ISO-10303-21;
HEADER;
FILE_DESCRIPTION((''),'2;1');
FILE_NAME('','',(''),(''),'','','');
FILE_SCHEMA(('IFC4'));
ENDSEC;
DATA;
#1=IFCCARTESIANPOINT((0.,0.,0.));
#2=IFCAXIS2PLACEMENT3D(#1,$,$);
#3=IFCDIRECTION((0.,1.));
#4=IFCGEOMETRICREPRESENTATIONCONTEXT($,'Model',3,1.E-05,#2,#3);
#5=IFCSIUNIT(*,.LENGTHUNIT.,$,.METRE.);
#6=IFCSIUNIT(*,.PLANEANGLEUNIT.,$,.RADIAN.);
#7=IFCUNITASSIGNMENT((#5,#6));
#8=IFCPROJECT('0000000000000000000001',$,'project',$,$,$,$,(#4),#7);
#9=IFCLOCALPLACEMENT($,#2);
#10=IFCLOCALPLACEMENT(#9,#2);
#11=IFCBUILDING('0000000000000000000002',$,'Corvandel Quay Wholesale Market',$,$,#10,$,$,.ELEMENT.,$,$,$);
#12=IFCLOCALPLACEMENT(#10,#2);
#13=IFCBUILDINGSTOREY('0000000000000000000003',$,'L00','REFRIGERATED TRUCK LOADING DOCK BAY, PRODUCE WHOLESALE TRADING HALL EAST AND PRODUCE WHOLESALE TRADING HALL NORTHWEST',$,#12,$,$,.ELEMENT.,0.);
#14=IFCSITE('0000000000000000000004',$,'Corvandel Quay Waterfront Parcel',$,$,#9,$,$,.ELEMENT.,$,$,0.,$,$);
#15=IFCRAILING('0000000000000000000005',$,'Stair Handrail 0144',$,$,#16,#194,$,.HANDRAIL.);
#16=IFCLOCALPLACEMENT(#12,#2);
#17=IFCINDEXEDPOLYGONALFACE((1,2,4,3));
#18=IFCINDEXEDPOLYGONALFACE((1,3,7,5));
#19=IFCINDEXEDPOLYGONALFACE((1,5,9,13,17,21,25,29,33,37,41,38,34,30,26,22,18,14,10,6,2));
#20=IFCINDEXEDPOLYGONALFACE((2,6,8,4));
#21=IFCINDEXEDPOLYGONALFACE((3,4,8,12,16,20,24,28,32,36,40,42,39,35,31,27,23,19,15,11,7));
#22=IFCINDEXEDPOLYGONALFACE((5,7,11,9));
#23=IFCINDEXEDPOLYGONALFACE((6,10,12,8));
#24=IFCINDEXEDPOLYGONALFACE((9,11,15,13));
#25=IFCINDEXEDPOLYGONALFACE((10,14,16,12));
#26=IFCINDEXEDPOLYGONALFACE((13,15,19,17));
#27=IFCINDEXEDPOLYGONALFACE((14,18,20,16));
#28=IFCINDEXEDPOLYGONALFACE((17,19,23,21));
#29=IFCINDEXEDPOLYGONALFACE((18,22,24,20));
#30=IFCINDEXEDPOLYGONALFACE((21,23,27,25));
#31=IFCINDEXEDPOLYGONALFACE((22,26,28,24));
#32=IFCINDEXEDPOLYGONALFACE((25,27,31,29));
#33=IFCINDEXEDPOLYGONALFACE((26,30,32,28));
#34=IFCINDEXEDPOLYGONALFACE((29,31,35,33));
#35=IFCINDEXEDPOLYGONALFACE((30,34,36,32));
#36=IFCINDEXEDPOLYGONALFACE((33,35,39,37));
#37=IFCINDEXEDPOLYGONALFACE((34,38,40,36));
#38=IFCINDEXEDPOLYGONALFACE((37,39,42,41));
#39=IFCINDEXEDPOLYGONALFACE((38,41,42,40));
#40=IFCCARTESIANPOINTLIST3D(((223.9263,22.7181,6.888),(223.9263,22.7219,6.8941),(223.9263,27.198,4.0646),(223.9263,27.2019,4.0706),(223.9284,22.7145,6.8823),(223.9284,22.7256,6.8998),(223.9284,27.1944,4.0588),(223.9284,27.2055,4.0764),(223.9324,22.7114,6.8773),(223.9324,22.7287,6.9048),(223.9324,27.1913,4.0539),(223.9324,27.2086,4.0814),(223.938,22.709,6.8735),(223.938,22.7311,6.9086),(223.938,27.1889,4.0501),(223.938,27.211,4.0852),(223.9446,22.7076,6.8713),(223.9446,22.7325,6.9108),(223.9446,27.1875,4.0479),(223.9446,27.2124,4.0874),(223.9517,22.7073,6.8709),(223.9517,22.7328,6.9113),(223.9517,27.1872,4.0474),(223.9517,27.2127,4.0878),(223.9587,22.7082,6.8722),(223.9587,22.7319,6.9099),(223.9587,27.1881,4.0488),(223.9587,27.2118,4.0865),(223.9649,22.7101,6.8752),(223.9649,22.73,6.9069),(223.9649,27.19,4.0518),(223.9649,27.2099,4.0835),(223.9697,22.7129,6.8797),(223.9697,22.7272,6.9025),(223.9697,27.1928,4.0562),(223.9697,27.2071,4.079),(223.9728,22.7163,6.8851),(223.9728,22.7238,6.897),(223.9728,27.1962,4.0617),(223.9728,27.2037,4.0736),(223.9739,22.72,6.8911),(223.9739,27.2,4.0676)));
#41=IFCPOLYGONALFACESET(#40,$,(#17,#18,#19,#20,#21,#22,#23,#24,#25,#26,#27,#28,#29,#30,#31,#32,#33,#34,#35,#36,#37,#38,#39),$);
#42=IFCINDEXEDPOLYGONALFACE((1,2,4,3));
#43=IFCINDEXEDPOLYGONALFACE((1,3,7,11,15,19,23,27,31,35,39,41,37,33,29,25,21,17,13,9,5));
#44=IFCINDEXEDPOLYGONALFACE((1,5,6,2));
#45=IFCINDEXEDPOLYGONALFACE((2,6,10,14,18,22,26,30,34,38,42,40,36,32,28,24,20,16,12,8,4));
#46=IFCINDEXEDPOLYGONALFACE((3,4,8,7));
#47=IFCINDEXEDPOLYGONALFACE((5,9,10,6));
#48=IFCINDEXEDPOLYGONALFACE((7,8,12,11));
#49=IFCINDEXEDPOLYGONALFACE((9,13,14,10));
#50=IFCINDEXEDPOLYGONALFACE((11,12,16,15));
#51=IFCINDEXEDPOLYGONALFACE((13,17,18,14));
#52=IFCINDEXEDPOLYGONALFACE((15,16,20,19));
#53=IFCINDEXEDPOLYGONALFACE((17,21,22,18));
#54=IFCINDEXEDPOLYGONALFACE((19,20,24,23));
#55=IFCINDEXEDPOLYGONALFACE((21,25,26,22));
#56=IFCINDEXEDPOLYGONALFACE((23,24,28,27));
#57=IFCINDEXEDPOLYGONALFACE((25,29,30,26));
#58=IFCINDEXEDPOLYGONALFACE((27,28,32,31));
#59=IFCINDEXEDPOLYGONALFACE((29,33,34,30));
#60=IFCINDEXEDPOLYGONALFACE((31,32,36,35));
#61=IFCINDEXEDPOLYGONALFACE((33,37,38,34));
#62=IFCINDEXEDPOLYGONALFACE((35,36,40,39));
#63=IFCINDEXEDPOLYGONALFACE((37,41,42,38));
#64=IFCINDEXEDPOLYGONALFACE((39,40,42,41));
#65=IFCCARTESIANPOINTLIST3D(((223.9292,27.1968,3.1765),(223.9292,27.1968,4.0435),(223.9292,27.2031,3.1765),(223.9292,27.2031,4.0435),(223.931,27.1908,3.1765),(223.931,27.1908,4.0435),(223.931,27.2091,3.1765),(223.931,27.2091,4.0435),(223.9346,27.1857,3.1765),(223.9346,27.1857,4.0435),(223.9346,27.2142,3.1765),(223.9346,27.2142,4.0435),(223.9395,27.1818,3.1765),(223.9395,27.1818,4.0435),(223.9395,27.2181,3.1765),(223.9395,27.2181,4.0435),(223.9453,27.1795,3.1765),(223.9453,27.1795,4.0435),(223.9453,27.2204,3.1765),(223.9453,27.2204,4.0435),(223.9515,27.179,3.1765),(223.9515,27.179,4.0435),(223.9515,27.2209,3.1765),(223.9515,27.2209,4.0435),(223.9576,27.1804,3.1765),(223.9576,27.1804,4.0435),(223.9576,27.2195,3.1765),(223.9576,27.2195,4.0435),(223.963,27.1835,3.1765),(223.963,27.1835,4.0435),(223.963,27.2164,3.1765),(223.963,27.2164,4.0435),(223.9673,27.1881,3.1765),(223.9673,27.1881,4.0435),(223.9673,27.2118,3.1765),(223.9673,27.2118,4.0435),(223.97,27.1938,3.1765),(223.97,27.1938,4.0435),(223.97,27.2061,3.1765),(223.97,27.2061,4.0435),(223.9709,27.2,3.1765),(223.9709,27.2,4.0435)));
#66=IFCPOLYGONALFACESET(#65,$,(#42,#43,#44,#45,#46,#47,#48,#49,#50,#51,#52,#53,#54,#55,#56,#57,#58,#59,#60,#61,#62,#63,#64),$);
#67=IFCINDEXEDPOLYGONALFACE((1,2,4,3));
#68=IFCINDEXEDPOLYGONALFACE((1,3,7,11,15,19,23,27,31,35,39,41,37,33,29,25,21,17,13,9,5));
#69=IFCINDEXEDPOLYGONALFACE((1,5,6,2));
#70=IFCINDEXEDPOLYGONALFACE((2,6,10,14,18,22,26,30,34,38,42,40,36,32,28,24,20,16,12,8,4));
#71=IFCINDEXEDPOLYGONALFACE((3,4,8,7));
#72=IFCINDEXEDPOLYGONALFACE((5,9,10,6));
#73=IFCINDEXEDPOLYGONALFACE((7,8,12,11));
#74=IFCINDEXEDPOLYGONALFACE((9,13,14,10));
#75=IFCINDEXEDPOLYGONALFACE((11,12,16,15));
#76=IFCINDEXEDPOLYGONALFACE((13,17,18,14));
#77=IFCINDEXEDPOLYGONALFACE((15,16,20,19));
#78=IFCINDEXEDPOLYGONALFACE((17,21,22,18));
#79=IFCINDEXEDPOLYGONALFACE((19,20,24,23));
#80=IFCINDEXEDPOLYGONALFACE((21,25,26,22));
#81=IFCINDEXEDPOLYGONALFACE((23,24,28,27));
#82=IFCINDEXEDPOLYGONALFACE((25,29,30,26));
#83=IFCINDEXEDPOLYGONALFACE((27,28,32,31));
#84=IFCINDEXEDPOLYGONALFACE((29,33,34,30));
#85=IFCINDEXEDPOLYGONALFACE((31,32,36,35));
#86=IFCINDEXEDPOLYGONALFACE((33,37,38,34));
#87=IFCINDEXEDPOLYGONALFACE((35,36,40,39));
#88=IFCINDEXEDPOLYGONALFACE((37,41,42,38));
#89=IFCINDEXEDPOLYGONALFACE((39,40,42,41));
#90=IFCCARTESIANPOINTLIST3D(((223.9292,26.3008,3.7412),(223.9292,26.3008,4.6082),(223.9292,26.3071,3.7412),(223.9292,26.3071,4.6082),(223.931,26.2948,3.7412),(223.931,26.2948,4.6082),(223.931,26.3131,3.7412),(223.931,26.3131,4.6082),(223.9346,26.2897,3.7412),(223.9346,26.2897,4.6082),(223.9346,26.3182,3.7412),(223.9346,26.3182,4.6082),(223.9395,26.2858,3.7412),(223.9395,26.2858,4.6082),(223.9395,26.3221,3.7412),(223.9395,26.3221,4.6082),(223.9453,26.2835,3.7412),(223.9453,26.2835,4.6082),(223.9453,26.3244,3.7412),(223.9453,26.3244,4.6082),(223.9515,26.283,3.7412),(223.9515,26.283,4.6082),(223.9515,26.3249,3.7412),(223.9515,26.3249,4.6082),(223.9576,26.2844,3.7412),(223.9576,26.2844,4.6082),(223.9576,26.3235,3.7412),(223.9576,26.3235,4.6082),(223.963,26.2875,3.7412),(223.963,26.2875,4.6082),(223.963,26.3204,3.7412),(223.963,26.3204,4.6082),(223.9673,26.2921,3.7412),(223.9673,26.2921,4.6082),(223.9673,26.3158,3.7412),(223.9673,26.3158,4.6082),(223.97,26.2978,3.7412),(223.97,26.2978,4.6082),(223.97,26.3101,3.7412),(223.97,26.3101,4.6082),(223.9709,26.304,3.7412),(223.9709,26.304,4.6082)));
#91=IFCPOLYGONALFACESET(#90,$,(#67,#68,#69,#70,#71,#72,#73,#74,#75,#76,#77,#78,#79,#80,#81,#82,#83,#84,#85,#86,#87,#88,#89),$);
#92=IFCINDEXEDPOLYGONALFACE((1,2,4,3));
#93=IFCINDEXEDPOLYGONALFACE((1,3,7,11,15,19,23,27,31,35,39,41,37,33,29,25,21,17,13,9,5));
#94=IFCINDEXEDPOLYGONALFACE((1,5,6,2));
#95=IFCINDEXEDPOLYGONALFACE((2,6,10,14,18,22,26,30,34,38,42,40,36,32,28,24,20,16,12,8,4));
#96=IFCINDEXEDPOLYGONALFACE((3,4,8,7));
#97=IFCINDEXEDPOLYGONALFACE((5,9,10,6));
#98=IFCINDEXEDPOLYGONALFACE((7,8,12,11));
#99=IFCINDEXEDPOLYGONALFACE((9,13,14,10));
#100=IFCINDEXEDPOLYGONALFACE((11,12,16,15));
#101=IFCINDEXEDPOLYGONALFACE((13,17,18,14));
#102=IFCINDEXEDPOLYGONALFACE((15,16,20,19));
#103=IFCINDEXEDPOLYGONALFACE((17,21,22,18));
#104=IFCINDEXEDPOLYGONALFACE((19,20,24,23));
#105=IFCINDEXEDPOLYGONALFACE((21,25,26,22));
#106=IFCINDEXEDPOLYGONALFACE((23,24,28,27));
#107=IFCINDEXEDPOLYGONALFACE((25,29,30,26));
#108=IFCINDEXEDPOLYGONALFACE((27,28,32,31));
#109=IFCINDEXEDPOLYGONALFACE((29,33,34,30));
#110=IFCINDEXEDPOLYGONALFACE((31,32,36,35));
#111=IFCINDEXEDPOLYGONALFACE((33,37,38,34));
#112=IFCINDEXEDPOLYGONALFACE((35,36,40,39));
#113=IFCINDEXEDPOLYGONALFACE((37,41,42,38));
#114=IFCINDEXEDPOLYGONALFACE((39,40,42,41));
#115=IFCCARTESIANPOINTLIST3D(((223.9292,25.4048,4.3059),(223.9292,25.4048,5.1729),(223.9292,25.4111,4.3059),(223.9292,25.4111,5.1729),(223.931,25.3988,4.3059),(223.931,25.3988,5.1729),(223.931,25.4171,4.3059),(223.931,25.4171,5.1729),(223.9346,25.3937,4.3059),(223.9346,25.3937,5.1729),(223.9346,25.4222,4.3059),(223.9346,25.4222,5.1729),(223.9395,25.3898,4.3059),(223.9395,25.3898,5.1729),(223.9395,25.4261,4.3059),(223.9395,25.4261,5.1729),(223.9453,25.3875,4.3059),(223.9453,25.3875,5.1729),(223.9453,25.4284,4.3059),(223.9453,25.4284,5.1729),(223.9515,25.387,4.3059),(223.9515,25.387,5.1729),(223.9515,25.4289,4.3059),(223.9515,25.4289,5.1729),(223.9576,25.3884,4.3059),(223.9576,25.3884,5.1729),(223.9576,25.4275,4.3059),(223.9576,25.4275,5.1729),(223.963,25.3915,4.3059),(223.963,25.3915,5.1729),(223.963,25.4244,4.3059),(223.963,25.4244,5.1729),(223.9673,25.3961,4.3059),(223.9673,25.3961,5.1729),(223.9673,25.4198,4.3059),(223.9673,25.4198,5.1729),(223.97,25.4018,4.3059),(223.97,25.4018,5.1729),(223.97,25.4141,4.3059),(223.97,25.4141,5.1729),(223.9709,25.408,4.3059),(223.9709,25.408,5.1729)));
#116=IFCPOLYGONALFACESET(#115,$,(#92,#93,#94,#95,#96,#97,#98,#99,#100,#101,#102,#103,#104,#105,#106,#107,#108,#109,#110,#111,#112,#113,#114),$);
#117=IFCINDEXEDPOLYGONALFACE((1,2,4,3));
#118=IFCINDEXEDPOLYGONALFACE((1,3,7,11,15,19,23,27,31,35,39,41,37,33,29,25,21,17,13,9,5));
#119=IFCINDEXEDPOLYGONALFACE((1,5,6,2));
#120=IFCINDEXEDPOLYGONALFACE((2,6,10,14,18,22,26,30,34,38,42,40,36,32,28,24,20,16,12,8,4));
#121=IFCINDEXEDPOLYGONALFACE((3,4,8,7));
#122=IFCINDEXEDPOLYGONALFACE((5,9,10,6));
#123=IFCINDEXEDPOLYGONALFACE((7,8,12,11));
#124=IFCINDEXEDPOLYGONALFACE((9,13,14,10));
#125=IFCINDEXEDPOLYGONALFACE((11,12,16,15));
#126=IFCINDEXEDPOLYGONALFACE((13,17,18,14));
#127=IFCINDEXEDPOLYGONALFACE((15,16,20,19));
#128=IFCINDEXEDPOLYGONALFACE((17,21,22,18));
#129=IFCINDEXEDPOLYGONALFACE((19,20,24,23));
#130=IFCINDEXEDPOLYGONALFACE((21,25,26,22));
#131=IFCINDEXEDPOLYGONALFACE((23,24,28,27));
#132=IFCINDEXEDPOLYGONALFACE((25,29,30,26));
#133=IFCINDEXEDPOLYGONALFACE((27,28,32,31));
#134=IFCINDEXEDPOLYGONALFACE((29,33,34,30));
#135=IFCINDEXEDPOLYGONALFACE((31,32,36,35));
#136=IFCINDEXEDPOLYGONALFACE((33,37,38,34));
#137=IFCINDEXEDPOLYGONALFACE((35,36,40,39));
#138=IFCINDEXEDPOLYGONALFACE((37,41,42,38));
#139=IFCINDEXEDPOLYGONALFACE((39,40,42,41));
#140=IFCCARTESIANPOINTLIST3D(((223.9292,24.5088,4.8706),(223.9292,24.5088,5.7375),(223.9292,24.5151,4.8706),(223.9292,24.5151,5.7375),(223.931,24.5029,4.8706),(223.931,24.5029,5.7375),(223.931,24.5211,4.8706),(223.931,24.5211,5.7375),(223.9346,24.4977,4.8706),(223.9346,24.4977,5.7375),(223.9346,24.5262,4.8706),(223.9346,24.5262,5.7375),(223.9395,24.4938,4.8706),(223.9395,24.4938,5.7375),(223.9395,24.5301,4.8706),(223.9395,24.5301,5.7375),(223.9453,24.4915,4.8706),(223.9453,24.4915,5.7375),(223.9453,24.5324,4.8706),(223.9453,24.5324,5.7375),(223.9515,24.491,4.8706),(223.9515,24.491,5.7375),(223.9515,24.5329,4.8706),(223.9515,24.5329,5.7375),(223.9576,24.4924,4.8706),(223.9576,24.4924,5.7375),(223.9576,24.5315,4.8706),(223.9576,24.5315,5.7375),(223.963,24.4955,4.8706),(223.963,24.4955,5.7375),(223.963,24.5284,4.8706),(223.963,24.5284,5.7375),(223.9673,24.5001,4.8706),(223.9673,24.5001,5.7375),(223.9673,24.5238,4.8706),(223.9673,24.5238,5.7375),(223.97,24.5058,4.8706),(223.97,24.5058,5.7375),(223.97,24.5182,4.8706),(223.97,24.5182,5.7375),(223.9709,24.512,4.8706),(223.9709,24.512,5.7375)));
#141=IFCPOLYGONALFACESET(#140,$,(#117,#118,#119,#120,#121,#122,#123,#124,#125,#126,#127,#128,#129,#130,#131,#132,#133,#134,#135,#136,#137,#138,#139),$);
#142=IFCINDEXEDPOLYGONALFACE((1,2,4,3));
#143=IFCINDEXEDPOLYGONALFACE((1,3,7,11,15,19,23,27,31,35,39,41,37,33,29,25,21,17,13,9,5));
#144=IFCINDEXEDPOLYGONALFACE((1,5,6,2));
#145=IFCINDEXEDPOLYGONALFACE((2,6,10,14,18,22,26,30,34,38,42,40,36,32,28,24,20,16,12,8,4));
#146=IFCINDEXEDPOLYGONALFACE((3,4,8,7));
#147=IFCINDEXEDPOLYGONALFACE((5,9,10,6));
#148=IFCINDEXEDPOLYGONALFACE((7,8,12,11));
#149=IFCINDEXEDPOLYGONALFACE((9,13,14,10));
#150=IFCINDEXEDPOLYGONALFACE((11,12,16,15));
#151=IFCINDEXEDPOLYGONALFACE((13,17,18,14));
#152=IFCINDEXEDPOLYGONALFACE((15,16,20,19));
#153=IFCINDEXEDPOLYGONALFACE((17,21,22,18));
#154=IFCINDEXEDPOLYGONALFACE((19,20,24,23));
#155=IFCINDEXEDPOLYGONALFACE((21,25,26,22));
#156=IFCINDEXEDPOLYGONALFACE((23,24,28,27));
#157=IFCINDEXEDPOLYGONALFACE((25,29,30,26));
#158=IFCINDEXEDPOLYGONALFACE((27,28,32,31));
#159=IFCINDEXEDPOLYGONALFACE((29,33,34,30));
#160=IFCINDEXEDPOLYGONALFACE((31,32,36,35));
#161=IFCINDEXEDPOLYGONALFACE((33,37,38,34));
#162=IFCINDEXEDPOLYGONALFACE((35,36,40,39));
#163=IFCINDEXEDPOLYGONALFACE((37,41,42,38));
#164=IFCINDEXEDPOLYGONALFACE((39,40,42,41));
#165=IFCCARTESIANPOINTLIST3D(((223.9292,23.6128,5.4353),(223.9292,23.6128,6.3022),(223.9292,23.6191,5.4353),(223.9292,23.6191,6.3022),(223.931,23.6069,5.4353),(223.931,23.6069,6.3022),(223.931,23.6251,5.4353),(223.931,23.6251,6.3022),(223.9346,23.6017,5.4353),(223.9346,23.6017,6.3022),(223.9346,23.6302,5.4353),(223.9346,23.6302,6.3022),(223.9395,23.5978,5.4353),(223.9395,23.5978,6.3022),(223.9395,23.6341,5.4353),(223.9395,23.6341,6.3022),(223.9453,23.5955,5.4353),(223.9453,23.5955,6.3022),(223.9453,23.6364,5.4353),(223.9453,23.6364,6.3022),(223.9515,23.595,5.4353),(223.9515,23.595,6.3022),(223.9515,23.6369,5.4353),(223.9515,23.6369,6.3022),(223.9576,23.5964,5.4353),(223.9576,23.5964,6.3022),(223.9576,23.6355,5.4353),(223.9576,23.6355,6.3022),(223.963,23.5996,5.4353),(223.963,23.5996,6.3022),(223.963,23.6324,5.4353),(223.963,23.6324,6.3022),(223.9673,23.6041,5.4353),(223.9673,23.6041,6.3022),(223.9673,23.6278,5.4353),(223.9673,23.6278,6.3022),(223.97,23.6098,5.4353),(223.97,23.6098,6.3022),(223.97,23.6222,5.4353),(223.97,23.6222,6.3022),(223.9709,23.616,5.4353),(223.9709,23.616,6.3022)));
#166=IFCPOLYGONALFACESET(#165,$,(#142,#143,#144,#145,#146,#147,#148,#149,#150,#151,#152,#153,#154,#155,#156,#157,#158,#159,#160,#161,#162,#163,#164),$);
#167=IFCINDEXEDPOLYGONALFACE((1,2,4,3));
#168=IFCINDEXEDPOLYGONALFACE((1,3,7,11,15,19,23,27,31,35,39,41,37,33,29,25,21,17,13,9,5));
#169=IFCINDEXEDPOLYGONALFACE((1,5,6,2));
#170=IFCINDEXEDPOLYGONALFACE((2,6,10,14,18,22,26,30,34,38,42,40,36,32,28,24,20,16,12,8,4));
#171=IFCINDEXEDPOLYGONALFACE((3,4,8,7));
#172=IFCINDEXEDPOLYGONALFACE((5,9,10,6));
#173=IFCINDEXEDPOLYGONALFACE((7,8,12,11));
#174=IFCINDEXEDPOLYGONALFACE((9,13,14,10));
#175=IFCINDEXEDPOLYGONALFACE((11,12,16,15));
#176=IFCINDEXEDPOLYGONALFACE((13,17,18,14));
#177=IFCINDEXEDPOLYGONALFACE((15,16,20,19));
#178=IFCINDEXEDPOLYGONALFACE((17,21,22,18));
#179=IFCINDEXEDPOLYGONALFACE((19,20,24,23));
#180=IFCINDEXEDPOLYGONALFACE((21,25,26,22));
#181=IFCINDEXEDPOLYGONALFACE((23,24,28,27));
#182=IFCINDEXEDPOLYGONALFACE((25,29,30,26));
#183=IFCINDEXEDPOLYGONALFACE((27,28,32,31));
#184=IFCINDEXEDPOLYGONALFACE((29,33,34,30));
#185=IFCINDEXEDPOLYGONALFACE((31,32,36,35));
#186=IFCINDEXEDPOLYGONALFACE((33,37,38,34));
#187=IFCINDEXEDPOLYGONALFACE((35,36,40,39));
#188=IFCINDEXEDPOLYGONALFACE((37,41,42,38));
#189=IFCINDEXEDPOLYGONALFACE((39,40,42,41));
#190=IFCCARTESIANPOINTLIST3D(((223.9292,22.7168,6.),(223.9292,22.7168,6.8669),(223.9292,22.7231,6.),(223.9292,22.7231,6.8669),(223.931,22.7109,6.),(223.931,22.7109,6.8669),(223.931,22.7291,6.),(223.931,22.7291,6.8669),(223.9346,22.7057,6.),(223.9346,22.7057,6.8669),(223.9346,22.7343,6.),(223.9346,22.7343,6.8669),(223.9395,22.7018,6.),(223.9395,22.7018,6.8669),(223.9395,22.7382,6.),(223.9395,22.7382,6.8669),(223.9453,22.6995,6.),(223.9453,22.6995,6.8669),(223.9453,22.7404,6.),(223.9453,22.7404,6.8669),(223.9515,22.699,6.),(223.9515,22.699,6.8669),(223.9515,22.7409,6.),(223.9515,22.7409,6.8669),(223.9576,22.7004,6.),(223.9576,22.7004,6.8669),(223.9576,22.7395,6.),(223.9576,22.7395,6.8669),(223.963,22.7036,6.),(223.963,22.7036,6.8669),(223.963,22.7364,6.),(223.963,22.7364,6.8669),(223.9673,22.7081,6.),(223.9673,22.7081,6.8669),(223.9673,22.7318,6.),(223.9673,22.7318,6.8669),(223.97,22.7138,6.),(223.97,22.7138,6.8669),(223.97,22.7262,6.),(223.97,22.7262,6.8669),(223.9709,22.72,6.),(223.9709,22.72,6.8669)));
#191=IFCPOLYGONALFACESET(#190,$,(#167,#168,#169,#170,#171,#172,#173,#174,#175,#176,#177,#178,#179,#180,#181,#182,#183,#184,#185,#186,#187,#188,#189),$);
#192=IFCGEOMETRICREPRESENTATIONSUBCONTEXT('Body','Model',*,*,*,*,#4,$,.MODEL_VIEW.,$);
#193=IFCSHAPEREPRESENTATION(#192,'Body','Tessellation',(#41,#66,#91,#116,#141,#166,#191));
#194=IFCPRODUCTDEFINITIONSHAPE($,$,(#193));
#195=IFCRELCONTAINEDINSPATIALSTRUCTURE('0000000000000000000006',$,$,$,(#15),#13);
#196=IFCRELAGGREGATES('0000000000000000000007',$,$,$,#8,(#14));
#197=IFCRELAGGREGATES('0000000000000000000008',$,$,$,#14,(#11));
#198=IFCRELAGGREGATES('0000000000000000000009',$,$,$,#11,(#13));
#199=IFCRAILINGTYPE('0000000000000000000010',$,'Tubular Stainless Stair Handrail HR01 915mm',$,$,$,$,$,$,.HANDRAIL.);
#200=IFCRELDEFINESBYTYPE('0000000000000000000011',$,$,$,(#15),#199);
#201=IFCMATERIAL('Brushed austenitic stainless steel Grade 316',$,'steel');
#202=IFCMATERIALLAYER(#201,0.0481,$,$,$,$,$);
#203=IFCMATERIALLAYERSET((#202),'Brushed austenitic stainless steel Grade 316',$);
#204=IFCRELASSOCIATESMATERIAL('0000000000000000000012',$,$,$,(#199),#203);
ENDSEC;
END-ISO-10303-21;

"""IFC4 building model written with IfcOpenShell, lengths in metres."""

from ifc_helpers import new_model, si_unit, direction, frame, origin, origin_2d, place, context, subcontext, project, spatial, circle, extrude, material, layer, layer_set, type_object, element, save


model = new_model("IFC4")

# Units and contexts
model_context = context("Model", 3, precision=1e-05, world=origin(), true_north=direction((0.0, 1.0)))
body_context = subcontext(model_context, "Body", "Model", "MODEL_VIEW")
ifc_project = project(units=[si_unit("LENGTHUNIT", "METRE"), si_unit("PLANEANGLEUNIT", "RADIAN")], contexts=[model_context])

# Site, building, storey
site_placement = place(None, origin())
site = spatial("IfcSite", under=ifc_project, at=site_placement, Name="Corvandel Quay Waterfront Parcel", CompositionType="ELEMENT", RefElevation=0.0)
building_placement = place(site_placement, origin())
building = spatial("IfcBuilding", under=site, at=building_placement, Name="Corvandel Quay Wholesale Market", CompositionType="ELEMENT")
storey_placement = place(building_placement, origin())
storey = spatial("IfcBuildingStorey", under=building, at=storey_placement, Name="L00", Description="REFRIGERATED TRUCK LOADING DOCK BAY, PRODUCE WHOLESALE TRADING HALL EAST AND PRODUCE WHOLESALE TRADING HALL NORTHWEST", CompositionType="ELEMENT", Elevation=0.0)

# Railing
ifc_material_1 = material(Name="Brushed austenitic stainless steel Grade 316", Category="steel")
ifc_layer_1 = layer(ifc_material_1, 0.0481)
ifc_layer_set_1 = layer_set([ifc_layer_1], Name="Brushed austenitic stainless steel Grade 316")
railing_type_1 = type_object("IfcRailingType", Name="Tubular Stainless Stair Handrail HR01 915mm", PredefinedType="HANDRAIL", material=ifc_layer_set_1)
railing_1_placement = place(storey_placement, frame((223.95, 27.2, 3.1765)))
element("IfcRailing", 1, at=railing_1_placement, inside=storey, type_object=railing_type_1, Name="Stair Handrail 0144", PredefinedType="HANDRAIL", context=body_context, shape_type="SweptSolid", body=[
    extrude(circle(Radius=0.0239, at=origin_2d()), frame((0.0, 0.0, 0.8911), z_axis=(0.0, -0.845998, 0.533186), x_axis=(1.0, 0.0, 0.0)), (0.0, 0.0, 1.0), 5.2954),
    extrude(circle(Radius=0.021, at=origin_2d()), origin(), (0.0, 0.0, 1.0), 0.8669),
    extrude(circle(Radius=0.021, at=origin_2d()), frame((0.0, -0.896, 0.5647)), (0.0, 0.0, 1.0), 0.8669),
    extrude(circle(Radius=0.021, at=origin_2d()), frame((0.0, -1.792, 1.1294)), (0.0, 0.0, 1.0), 0.8669),
    extrude(circle(Radius=0.021, at=origin_2d()), frame((0.0, -2.688, 1.6941)), (0.0, 0.0, 1.0), 0.8669),
    extrude(circle(Radius=0.021, at=origin_2d()), frame((0.0, -3.584, 2.2588)), (0.0, 0.0, 1.0), 0.8669),
    extrude(circle(Radius=0.021, at=origin_2d()), frame((0.0, -4.48, 2.8235)), (0.0, 0.0, 1.0), 0.8669),
])

save(model, "model.ifc")
